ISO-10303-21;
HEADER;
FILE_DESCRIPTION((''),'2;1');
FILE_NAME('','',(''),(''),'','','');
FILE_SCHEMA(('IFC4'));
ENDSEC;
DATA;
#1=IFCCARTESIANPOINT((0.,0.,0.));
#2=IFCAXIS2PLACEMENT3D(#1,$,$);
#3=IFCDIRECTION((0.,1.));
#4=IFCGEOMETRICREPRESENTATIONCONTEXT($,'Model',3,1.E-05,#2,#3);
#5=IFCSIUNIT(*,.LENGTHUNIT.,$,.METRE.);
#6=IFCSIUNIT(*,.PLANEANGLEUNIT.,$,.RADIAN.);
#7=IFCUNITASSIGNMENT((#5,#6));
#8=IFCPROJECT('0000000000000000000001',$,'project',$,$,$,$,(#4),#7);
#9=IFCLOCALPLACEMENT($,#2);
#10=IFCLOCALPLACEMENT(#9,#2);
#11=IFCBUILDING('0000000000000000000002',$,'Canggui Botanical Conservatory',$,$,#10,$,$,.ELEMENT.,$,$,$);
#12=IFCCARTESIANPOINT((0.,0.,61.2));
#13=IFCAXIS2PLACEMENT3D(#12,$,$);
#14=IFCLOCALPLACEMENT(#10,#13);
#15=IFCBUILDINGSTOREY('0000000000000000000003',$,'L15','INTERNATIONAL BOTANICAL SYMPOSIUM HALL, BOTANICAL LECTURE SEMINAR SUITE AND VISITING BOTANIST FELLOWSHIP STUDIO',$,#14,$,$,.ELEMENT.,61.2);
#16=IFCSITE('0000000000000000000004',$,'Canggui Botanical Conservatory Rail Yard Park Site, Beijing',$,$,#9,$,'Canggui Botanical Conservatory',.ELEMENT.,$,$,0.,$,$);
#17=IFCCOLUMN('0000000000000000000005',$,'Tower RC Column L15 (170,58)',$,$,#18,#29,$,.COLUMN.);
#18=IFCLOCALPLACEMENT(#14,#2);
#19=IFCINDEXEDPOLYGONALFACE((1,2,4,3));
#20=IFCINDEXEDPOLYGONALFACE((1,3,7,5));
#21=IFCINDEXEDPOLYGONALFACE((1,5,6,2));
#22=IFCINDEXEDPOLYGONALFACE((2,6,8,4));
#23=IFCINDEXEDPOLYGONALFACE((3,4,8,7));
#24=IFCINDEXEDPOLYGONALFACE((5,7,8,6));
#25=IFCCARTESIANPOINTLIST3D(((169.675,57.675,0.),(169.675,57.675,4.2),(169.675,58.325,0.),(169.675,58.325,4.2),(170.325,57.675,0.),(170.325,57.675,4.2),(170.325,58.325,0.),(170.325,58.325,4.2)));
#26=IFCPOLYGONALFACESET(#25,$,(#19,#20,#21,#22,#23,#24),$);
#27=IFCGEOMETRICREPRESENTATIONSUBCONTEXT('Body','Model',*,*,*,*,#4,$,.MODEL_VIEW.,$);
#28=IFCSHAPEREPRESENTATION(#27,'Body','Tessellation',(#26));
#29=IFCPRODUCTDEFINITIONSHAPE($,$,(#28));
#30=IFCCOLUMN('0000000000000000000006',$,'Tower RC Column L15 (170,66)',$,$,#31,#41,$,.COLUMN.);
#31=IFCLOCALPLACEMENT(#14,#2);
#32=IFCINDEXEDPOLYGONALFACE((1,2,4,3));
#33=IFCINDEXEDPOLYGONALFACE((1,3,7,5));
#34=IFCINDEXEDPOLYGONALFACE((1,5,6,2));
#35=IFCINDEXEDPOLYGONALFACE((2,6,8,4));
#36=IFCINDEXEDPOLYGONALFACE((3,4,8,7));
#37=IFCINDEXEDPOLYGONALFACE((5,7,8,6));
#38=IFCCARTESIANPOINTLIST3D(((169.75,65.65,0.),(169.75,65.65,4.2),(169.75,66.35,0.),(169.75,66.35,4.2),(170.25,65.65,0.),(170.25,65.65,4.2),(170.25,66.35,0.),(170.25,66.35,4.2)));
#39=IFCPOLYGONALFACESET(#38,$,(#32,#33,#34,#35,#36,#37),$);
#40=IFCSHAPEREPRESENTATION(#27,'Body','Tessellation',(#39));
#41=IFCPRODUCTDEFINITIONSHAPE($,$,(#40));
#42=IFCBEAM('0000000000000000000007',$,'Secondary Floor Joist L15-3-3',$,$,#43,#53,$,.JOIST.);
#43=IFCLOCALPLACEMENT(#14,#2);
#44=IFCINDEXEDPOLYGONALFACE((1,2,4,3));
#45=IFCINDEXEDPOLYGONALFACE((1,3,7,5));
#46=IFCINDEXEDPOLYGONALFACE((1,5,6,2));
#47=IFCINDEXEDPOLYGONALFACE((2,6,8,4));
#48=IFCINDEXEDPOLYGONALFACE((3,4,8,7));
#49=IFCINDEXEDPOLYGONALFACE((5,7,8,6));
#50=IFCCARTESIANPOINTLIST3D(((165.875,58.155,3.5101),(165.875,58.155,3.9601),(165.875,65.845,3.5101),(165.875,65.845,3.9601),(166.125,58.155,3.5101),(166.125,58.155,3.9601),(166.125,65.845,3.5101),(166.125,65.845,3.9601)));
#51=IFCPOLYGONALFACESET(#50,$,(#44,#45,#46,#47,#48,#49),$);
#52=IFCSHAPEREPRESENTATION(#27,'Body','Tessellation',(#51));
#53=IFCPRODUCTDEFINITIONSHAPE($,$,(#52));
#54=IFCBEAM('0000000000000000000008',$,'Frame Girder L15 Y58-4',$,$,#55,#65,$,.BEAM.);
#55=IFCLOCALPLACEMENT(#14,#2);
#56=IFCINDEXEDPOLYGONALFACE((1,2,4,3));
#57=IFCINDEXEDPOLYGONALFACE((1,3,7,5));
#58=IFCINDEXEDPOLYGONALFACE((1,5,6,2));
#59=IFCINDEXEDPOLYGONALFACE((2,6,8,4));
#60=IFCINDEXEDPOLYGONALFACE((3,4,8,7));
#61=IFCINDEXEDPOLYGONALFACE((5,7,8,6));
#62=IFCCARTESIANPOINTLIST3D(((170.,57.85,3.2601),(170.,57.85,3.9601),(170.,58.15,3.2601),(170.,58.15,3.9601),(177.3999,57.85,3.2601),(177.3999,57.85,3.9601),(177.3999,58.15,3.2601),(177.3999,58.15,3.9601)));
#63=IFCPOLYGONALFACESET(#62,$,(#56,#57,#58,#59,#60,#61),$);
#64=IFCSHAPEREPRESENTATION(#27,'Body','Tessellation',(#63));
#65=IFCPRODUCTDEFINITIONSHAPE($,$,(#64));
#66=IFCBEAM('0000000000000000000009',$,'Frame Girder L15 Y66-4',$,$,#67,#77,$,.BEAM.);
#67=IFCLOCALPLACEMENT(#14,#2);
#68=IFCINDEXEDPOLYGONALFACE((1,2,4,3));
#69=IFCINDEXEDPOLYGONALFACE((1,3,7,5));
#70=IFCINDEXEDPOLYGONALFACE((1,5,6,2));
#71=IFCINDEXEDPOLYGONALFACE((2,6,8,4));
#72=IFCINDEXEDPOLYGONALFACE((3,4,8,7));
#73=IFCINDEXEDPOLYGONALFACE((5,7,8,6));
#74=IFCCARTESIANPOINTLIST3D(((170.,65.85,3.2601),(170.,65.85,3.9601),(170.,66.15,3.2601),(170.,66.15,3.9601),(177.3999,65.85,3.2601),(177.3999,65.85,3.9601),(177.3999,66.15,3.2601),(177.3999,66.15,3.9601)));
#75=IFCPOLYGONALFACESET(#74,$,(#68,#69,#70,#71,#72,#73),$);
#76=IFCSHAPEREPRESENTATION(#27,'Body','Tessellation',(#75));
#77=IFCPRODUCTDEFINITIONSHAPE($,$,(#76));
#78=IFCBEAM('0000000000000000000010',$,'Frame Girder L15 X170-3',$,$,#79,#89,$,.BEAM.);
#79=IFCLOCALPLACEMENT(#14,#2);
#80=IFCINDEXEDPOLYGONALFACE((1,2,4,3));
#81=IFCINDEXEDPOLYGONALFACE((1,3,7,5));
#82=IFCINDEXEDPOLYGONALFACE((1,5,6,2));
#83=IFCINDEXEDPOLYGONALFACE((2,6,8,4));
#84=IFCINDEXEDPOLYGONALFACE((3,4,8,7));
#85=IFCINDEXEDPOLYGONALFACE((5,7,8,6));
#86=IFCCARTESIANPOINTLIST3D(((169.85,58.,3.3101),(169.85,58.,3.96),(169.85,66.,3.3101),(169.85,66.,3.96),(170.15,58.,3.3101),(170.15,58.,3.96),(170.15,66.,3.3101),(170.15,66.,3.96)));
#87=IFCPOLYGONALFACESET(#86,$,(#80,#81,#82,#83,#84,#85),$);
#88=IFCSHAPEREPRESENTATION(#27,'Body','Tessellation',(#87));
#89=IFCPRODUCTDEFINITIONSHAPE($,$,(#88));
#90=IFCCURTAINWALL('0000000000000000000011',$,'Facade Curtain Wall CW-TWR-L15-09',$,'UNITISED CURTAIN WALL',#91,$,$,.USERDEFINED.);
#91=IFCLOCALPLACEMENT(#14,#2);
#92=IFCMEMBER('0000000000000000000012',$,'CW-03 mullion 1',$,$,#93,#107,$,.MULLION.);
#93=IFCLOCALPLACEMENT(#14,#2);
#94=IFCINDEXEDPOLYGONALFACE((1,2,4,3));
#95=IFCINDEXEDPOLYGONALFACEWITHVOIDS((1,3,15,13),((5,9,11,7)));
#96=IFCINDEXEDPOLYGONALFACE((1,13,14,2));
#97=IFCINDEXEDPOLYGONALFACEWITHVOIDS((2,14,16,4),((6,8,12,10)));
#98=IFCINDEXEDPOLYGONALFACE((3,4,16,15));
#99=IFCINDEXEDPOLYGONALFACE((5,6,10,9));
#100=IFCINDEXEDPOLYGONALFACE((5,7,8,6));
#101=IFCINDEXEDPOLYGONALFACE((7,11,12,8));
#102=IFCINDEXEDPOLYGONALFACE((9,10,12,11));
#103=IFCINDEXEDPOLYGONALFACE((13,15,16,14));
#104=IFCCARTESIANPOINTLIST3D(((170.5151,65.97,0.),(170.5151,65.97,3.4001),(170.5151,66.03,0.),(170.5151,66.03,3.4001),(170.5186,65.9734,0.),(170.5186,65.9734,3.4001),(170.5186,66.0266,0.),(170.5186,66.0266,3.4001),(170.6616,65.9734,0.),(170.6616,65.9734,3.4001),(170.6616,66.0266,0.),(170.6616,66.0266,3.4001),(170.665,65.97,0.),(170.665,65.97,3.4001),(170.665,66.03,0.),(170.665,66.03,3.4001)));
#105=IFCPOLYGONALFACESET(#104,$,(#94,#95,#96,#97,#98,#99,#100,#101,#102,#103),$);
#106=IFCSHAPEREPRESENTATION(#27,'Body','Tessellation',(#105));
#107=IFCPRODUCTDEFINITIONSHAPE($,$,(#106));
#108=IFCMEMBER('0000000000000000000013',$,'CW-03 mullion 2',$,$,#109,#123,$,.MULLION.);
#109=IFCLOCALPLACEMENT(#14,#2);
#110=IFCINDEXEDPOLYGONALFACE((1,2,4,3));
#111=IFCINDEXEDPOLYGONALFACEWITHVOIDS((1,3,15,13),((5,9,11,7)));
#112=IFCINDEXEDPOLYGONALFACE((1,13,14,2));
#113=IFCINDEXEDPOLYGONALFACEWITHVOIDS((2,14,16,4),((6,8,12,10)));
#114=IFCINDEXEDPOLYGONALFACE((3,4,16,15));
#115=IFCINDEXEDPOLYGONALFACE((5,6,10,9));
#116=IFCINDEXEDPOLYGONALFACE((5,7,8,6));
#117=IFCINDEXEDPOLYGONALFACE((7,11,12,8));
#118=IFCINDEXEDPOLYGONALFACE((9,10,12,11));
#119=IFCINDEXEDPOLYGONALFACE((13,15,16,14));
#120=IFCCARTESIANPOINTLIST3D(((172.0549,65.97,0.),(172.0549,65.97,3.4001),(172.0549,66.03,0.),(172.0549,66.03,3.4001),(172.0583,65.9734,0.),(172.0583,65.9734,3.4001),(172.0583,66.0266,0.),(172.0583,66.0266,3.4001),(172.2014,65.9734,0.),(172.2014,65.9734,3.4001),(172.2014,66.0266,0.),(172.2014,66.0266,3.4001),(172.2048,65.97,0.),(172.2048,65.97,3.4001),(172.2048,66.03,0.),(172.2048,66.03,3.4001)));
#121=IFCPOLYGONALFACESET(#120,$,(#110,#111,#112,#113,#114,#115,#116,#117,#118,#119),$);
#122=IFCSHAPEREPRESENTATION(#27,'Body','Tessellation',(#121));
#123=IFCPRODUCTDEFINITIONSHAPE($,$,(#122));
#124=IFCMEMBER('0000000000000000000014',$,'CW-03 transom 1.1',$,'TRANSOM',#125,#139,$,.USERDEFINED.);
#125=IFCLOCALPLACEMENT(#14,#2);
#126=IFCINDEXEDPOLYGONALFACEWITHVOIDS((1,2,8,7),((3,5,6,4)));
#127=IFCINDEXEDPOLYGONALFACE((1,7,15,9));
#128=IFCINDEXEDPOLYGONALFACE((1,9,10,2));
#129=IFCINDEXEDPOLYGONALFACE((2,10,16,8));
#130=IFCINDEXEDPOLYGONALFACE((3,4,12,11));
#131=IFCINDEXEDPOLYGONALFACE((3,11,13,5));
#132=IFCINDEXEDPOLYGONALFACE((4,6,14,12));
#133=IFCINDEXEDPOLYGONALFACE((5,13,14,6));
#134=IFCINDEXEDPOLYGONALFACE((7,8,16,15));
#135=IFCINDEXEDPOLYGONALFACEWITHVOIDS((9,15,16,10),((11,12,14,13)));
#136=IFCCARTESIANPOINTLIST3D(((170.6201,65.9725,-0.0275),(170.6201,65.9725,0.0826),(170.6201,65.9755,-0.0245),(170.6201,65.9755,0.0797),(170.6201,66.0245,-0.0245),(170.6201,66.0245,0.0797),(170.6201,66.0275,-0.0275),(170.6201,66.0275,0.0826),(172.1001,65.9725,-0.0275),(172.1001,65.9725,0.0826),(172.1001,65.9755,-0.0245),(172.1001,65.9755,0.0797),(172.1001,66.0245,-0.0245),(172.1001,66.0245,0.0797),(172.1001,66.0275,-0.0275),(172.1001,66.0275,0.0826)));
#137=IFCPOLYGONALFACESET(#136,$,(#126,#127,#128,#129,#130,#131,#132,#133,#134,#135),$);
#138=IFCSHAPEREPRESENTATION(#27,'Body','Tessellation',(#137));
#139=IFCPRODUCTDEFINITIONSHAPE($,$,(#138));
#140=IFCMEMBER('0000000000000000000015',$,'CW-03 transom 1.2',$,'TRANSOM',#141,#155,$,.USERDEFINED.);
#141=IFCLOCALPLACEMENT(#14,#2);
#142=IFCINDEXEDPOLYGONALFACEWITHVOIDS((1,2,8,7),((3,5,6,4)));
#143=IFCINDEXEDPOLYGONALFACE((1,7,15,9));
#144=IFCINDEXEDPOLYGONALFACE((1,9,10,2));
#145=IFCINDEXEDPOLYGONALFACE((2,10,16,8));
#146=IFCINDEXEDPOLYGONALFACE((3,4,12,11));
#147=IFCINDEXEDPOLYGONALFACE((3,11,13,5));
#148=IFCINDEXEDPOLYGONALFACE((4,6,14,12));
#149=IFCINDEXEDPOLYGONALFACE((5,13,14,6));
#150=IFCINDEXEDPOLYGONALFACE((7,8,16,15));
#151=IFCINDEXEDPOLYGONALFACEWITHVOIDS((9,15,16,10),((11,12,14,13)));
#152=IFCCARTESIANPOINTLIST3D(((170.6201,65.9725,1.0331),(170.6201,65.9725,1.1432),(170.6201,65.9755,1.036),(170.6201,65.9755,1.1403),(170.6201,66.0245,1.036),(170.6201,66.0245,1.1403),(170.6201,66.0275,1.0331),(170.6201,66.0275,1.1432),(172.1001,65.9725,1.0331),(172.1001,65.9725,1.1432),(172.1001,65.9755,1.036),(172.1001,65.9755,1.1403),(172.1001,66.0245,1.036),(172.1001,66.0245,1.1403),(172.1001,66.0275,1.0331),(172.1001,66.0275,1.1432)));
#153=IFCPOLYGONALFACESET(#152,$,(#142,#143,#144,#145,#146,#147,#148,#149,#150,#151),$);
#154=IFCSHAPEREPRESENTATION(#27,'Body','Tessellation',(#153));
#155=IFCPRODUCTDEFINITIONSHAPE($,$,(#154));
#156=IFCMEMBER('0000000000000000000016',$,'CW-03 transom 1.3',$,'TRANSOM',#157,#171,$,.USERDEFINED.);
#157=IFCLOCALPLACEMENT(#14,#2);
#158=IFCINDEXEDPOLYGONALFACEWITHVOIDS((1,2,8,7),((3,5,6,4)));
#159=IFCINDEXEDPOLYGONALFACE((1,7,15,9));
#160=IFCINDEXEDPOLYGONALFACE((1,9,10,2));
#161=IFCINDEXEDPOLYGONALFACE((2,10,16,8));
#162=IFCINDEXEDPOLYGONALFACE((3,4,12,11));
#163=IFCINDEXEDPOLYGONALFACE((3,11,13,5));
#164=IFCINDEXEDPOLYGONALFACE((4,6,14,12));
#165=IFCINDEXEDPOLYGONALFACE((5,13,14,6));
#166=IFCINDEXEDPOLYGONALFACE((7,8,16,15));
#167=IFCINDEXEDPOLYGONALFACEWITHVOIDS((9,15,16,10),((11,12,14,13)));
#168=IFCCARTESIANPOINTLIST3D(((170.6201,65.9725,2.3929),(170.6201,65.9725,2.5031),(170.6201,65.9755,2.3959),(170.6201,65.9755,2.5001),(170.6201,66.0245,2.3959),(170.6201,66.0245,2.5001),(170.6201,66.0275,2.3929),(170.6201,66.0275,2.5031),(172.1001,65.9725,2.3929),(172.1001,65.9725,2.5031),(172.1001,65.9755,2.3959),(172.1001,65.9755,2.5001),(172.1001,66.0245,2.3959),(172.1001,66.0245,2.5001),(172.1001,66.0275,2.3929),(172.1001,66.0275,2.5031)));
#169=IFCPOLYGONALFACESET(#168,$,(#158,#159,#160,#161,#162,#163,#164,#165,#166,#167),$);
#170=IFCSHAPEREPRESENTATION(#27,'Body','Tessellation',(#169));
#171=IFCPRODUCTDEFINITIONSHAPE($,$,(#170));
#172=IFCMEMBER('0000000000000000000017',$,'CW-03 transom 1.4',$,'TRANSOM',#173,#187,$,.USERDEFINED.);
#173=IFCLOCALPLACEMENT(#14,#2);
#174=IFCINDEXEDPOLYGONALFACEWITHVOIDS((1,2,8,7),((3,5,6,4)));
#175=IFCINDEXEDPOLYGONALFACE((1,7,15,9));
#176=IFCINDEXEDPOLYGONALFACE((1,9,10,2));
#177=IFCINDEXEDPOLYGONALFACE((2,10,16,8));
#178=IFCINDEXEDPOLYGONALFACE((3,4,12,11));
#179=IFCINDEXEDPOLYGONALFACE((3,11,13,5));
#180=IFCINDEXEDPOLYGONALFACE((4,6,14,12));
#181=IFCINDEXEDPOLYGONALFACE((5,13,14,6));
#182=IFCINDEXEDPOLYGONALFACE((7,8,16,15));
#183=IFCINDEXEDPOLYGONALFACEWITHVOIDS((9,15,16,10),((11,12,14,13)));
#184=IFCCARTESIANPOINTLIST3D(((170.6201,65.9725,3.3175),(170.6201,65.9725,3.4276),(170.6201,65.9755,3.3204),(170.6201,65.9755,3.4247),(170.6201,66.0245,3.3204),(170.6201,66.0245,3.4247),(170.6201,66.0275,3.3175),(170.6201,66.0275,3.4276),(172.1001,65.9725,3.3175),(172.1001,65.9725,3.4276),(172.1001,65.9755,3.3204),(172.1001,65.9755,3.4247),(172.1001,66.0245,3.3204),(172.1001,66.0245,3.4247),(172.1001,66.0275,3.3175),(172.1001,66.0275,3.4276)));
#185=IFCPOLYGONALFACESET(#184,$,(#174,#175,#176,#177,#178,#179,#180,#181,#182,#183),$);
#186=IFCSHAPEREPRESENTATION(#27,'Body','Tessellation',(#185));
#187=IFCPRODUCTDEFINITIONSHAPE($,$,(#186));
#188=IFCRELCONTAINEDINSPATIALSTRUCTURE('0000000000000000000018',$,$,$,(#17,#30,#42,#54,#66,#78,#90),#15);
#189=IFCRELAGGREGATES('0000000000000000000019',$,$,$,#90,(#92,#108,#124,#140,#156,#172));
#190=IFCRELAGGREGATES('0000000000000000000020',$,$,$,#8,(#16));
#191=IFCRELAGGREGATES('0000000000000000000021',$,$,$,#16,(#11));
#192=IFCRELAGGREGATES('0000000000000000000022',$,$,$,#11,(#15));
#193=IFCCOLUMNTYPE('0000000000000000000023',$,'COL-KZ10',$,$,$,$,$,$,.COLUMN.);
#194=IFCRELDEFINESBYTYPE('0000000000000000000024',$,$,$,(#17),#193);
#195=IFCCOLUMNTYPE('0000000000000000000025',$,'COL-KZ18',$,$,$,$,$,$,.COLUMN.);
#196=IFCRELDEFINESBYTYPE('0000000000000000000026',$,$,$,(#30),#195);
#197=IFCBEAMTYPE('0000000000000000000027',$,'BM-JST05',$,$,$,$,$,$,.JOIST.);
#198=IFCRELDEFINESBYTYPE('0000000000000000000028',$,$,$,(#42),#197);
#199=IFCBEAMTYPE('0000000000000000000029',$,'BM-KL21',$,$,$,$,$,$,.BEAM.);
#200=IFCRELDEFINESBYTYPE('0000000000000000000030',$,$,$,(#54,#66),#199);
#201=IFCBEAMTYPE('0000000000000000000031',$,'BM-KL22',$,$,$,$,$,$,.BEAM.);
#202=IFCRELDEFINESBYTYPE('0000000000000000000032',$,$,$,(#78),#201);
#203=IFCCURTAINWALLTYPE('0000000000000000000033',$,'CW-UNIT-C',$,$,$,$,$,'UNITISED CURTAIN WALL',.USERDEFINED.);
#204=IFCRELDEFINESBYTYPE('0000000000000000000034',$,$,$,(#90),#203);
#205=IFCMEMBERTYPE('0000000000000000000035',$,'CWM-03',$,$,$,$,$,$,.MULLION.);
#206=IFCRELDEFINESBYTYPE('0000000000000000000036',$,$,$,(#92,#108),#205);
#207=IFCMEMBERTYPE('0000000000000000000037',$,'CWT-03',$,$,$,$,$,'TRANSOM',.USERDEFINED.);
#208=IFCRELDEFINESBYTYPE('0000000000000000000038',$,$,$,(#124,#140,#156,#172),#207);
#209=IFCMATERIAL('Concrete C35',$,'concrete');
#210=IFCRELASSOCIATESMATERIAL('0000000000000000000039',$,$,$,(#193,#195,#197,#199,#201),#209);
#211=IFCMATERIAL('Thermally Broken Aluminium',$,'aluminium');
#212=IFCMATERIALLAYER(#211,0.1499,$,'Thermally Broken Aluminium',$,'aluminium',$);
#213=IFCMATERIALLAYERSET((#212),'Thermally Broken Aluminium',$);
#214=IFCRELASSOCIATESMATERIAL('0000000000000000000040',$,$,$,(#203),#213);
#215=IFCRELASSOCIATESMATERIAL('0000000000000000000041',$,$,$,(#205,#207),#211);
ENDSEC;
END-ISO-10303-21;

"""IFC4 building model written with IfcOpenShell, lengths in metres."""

from ifc_helpers import new_model, si_unit, direction, frame, origin, origin_2d, place, context, subcontext, project, spatial, rectangle, hollow_rectangle, extrude, material, layer, layer_set, material_profile, profile_set, type_object, element, aggregate, save


model = new_model("IFC4")

# Units and contexts
model_context = context("Model", 3, precision=1e-05, world=origin(), true_north=direction((0.0, 1.0)))
body_context = subcontext(model_context, "Body", "Model", "MODEL_VIEW")
ifc_project = project(units=[si_unit("LENGTHUNIT", "METRE"), si_unit("PLANEANGLEUNIT", "RADIAN")], contexts=[model_context])

# Site, building, storey
site_placement = place(None, origin())
site = spatial("IfcSite", under=ifc_project, at=site_placement, Name="Canggui Botanical Conservatory Rail Yard Park Site, Beijing", LongName="Canggui Botanical Conservatory", CompositionType="ELEMENT", RefElevation=0.0)
building_placement = place(site_placement, origin())
building = spatial("IfcBuilding", under=site, at=building_placement, Name="Canggui Botanical Conservatory", CompositionType="ELEMENT")
storey_placement = place(building_placement, frame((0.0, 0.0, 61.2)))
storey = spatial("IfcBuildingStorey", under=building, at=storey_placement, Name="L15", Description="INTERNATIONAL BOTANICAL SYMPOSIUM HALL, BOTANICAL LECTURE SEMINAR SUITE AND VISITING BOTANIST FELLOWSHIP STUDIO", CompositionType="ELEMENT", Elevation=61.2)

# Columns
ifc_material_1 = material(Name="Concrete C35", Category="concrete")
ifc_material_profile_1 = material_profile(ifc_material_1, rectangle(XDim=0.6499, YDim=0.6499, at=origin_2d()), Name="RC 650x650")
ifc_profile_set_1 = profile_set([ifc_material_profile_1], Name="Concrete C35")
column_type_1 = type_object("IfcColumnType", Name="COL-KZ10", PredefinedType="COLUMN", material=ifc_profile_set_1)
column_1_placement = place(storey_placement, frame((170.0, 58.0, 0.0), z_axis=(0.0, 0.0, 1.0), x_axis=(1.0, 0.0, 0.0)))
element("IfcColumn", 1, at=column_1_placement, inside=storey, type_object=column_type_1, Name="Tower RC Column L15 (170,58)", PredefinedType="COLUMN", context=body_context, shape_type="SweptSolid", body=[
    extrude(rectangle(XDim=0.6499, YDim=0.6499, at=origin_2d()), origin(), (0.0, 0.0, 1.0), 4.2),
])
ifc_material_profile_2 = material_profile(ifc_material_1, rectangle(XDim=0.5, YDim=0.7, at=origin_2d()), Name="RC 500x700")
ifc_profile_set_2 = profile_set([ifc_material_profile_2], Name="Concrete C35")
column_type_2 = type_object("IfcColumnType", Name="COL-KZ18", PredefinedType="COLUMN", material=ifc_profile_set_2)
column_2_placement = place(storey_placement, frame((170.0, 66.0, 0.0), z_axis=(0.0, 0.0, 1.0), x_axis=(1.0, 0.0, 0.0)))
element("IfcColumn", 2, at=column_2_placement, inside=storey, type_object=column_type_2, Name="Tower RC Column L15 (170,66)", PredefinedType="COLUMN", context=body_context, shape_type="SweptSolid", body=[
    extrude(rectangle(XDim=0.5, YDim=0.7, at=origin_2d()), origin(), (0.0, 0.0, 1.0), 4.2),
])

# Beams
ifc_material_profile_3 = material_profile(ifc_material_1, rectangle(XDim=0.25, YDim=0.45, at=origin_2d()), Name="RB 250x450")
ifc_profile_set_3 = profile_set([ifc_material_profile_3], Name="Concrete C35")
beam_type_1 = type_object("IfcBeamType", Name="BM-JST05", PredefinedType="JOIST", material=ifc_profile_set_3)
beam_1_placement = place(storey_placement, frame((166.0, 58.155, 3.7351), z_axis=(0.0, 1.0, 0.0), x_axis=(-1.0, 0.0, 0.0)))
element("IfcBeam", 3, at=beam_1_placement, inside=storey, type_object=beam_type_1, Name="Secondary Floor Joist L15-3-3", PredefinedType="JOIST", context=body_context, shape_type="SweptSolid", body=[
    extrude(rectangle(XDim=0.25, YDim=0.45, at=origin_2d()), origin(), (0.0, 0.0, 1.0), 7.6899),
])
ifc_material_profile_4 = material_profile(ifc_material_1, rectangle(XDim=0.3, YDim=0.7, at=origin_2d()), Name="RB 300x700")
ifc_profile_set_4 = profile_set([ifc_material_profile_4], Name="Concrete C35")
beam_type_2 = type_object("IfcBeamType", Name="BM-KL21", PredefinedType="BEAM", material=ifc_profile_set_4)
for number, where, z_axis, x_axis, name in (
    (4, (170.0, 58.0, 3.6101), (1.0, 0.0, 0.0), (0.0, 1.0, 0.0), "Frame Girder L15 Y58-4"),
    (5, (170.0, 66.0, 3.6101), (1.0, 0.0, 0.0), (0.0, 1.0, 0.0), "Frame Girder L15 Y66-4"),
):
    element("IfcBeam", number, at=place(storey_placement, frame(where, z_axis=z_axis, x_axis=x_axis)), inside=storey, type_object=beam_type_2, Name=name, PredefinedType="BEAM", context=body_context, shape_type="SweptSolid", body=[
        extrude(rectangle(XDim=0.3, YDim=0.7, at=origin_2d()), origin(), (0.0, 0.0, 1.0), 7.3999),
    ])
ifc_material_profile_5 = material_profile(ifc_material_1, rectangle(XDim=0.3, YDim=0.6499, at=origin_2d()), Name="RB 300x650")
ifc_profile_set_5 = profile_set([ifc_material_profile_5], Name="Concrete C35")
beam_type_3 = type_object("IfcBeamType", Name="BM-KL22", PredefinedType="BEAM", material=ifc_profile_set_5)
beam_2_placement = place(storey_placement, frame((170.0, 58.0, 3.635), z_axis=(0.0, 1.0, 0.0), x_axis=(-1.0, 0.0, 0.0)))
element("IfcBeam", 6, at=beam_2_placement, inside=storey, type_object=beam_type_3, Name="Frame Girder L15 X170-3", PredefinedType="BEAM", context=body_context, shape_type="SweptSolid", body=[
    extrude(rectangle(XDim=0.3, YDim=0.6499, at=origin_2d()), origin(), (0.0, 0.0, 1.0), 8.0),
])

# Curtain wall, members
ifc_material_2 = material(Name="Thermally Broken Aluminium", Category="aluminium")
ifc_layer_1 = layer(ifc_material_2, 0.1499, Name="Thermally Broken Aluminium", Category="aluminium")
ifc_layer_set_1 = layer_set([ifc_layer_1], Name="Thermally Broken Aluminium")
curtain_wall_type = type_object("IfcCurtainWallType", Name="CW-UNIT-C", ElementType="UNITISED CURTAIN WALL", PredefinedType="USERDEFINED", material=ifc_layer_set_1)
curtain_wall_placement = place(storey_placement, origin())
curtain_wall = element("IfcCurtainWall", 7, at=curtain_wall_placement, inside=storey, type_object=curtain_wall_type, Name="Facade Curtain Wall CW-TWR-L15-09", ObjectType="UNITISED CURTAIN WALL", PredefinedType="USERDEFINED")
ifc_material_profile_6 = material_profile(ifc_material_2, hollow_rectangle(XDim=0.0601, YDim=0.1499, WallThickness=0.0034, at=origin_2d()), Name="CWM 60x150x3.5")
ifc_profile_set_6 = profile_set([ifc_material_profile_6], Name="Thermally Broken Aluminium")
member_type_1 = type_object("IfcMemberType", Name="CWM-03", PredefinedType="MULLION", material=ifc_profile_set_6)
member_1_placement = place(storey_placement, frame((170.5901, 66.0, 0.0), z_axis=(0.0, 0.0, 1.0), x_axis=(0.0, 1.0, 0.0)))
member_1 = element("IfcMember", 8, at=member_1_placement, type_object=member_type_1, Name="CW-03 mullion 1", PredefinedType="MULLION", context=body_context, shape_type="SweptSolid", body=[
    extrude(hollow_rectangle(XDim=0.0601, YDim=0.1499, WallThickness=0.0034, at=origin_2d()), origin(), (0.0, 0.0, 1.0), 3.4001),
])
member_2_placement = place(storey_placement, frame((172.1299, 66.0, 0.0), z_axis=(0.0, 0.0, 1.0), x_axis=(0.0, 1.0, 0.0)))
member_2 = element("IfcMember", 9, at=member_2_placement, type_object=member_type_1, Name="CW-03 mullion 2", PredefinedType="MULLION", context=body_context, shape_type="SweptSolid", body=[
    extrude(hollow_rectangle(XDim=0.0601, YDim=0.1499, WallThickness=0.0034, at=origin_2d()), origin(), (0.0, 0.0, 1.0), 3.4001),
])
ifc_material_profile_7 = material_profile(ifc_material_2, hollow_rectangle(XDim=0.0549, YDim=0.1101, WallThickness=0.0029, at=origin_2d()), Name="CWT 55x110x3")
ifc_profile_set_7 = profile_set([ifc_material_profile_7], Name="Thermally Broken Aluminium")
member_type_2 = type_object("IfcMemberType", Name="CWT-03", ElementType="TRANSOM", PredefinedType="USERDEFINED", material=ifc_profile_set_7)
member_3_placement = place(storey_placement, frame((170.6201, 66.0, 0.0276), z_axis=(1.0, 0.0, 0.0), x_axis=(0.0, 1.0, 0.0)))
member_3 = element("IfcMember", 10, at=member_3_placement, type_object=member_type_2, Name="CW-03 transom 1.1", ObjectType="TRANSOM", PredefinedType="USERDEFINED", context=body_context, shape_type="SweptSolid", body=[
    extrude(hollow_rectangle(XDim=0.0549, YDim=0.1101, WallThickness=0.0029, at=origin_2d()), origin(), (0.0, 0.0, 1.0), 1.48),
])
member_4_placement = place(storey_placement, frame((170.6201, 66.0, 1.0881), z_axis=(1.0, 0.0, 0.0), x_axis=(0.0, 1.0, 0.0)))
member_4 = element("IfcMember", 11, at=member_4_placement, type_object=member_type_2, Name="CW-03 transom 1.2", ObjectType="TRANSOM", PredefinedType="USERDEFINED", context=body_context, shape_type="SweptSolid", body=[
    extrude(hollow_rectangle(XDim=0.0549, YDim=0.1101, WallThickness=0.0029, at=origin_2d()), origin(), (0.0, 0.0, 1.0), 1.48),
])
member_5_placement = place(storey_placement, frame((170.6201, 66.0, 2.448), z_axis=(1.0, 0.0, 0.0), x_axis=(0.0, 1.0, 0.0)))
member_5 = element("IfcMember", 12, at=member_5_placement, type_object=member_type_2, Name="CW-03 transom 1.3", ObjectType="TRANSOM", PredefinedType="USERDEFINED", context=body_context, shape_type="SweptSolid", body=[
    extrude(hollow_rectangle(XDim=0.0549, YDim=0.1101, WallThickness=0.0029, at=origin_2d()), origin(), (0.0, 0.0, 1.0), 1.48),
])
member_6_placement = place(storey_placement, frame((170.6201, 66.0, 3.3726), z_axis=(1.0, 0.0, 0.0), x_axis=(0.0, 1.0, 0.0)))
member_6 = element("IfcMember", 13, at=member_6_placement, type_object=member_type_2, Name="CW-03 transom 1.4", ObjectType="TRANSOM", PredefinedType="USERDEFINED", context=body_context, shape_type="SweptSolid", body=[
    extrude(hollow_rectangle(XDim=0.0549, YDim=0.1101, WallThickness=0.0029, at=origin_2d()), origin(), (0.0, 0.0, 1.0), 1.48),
])
aggregate(curtain_wall, [member_1, member_2, member_3, member_4, member_5, member_6])

save(model, "model.ifc")
